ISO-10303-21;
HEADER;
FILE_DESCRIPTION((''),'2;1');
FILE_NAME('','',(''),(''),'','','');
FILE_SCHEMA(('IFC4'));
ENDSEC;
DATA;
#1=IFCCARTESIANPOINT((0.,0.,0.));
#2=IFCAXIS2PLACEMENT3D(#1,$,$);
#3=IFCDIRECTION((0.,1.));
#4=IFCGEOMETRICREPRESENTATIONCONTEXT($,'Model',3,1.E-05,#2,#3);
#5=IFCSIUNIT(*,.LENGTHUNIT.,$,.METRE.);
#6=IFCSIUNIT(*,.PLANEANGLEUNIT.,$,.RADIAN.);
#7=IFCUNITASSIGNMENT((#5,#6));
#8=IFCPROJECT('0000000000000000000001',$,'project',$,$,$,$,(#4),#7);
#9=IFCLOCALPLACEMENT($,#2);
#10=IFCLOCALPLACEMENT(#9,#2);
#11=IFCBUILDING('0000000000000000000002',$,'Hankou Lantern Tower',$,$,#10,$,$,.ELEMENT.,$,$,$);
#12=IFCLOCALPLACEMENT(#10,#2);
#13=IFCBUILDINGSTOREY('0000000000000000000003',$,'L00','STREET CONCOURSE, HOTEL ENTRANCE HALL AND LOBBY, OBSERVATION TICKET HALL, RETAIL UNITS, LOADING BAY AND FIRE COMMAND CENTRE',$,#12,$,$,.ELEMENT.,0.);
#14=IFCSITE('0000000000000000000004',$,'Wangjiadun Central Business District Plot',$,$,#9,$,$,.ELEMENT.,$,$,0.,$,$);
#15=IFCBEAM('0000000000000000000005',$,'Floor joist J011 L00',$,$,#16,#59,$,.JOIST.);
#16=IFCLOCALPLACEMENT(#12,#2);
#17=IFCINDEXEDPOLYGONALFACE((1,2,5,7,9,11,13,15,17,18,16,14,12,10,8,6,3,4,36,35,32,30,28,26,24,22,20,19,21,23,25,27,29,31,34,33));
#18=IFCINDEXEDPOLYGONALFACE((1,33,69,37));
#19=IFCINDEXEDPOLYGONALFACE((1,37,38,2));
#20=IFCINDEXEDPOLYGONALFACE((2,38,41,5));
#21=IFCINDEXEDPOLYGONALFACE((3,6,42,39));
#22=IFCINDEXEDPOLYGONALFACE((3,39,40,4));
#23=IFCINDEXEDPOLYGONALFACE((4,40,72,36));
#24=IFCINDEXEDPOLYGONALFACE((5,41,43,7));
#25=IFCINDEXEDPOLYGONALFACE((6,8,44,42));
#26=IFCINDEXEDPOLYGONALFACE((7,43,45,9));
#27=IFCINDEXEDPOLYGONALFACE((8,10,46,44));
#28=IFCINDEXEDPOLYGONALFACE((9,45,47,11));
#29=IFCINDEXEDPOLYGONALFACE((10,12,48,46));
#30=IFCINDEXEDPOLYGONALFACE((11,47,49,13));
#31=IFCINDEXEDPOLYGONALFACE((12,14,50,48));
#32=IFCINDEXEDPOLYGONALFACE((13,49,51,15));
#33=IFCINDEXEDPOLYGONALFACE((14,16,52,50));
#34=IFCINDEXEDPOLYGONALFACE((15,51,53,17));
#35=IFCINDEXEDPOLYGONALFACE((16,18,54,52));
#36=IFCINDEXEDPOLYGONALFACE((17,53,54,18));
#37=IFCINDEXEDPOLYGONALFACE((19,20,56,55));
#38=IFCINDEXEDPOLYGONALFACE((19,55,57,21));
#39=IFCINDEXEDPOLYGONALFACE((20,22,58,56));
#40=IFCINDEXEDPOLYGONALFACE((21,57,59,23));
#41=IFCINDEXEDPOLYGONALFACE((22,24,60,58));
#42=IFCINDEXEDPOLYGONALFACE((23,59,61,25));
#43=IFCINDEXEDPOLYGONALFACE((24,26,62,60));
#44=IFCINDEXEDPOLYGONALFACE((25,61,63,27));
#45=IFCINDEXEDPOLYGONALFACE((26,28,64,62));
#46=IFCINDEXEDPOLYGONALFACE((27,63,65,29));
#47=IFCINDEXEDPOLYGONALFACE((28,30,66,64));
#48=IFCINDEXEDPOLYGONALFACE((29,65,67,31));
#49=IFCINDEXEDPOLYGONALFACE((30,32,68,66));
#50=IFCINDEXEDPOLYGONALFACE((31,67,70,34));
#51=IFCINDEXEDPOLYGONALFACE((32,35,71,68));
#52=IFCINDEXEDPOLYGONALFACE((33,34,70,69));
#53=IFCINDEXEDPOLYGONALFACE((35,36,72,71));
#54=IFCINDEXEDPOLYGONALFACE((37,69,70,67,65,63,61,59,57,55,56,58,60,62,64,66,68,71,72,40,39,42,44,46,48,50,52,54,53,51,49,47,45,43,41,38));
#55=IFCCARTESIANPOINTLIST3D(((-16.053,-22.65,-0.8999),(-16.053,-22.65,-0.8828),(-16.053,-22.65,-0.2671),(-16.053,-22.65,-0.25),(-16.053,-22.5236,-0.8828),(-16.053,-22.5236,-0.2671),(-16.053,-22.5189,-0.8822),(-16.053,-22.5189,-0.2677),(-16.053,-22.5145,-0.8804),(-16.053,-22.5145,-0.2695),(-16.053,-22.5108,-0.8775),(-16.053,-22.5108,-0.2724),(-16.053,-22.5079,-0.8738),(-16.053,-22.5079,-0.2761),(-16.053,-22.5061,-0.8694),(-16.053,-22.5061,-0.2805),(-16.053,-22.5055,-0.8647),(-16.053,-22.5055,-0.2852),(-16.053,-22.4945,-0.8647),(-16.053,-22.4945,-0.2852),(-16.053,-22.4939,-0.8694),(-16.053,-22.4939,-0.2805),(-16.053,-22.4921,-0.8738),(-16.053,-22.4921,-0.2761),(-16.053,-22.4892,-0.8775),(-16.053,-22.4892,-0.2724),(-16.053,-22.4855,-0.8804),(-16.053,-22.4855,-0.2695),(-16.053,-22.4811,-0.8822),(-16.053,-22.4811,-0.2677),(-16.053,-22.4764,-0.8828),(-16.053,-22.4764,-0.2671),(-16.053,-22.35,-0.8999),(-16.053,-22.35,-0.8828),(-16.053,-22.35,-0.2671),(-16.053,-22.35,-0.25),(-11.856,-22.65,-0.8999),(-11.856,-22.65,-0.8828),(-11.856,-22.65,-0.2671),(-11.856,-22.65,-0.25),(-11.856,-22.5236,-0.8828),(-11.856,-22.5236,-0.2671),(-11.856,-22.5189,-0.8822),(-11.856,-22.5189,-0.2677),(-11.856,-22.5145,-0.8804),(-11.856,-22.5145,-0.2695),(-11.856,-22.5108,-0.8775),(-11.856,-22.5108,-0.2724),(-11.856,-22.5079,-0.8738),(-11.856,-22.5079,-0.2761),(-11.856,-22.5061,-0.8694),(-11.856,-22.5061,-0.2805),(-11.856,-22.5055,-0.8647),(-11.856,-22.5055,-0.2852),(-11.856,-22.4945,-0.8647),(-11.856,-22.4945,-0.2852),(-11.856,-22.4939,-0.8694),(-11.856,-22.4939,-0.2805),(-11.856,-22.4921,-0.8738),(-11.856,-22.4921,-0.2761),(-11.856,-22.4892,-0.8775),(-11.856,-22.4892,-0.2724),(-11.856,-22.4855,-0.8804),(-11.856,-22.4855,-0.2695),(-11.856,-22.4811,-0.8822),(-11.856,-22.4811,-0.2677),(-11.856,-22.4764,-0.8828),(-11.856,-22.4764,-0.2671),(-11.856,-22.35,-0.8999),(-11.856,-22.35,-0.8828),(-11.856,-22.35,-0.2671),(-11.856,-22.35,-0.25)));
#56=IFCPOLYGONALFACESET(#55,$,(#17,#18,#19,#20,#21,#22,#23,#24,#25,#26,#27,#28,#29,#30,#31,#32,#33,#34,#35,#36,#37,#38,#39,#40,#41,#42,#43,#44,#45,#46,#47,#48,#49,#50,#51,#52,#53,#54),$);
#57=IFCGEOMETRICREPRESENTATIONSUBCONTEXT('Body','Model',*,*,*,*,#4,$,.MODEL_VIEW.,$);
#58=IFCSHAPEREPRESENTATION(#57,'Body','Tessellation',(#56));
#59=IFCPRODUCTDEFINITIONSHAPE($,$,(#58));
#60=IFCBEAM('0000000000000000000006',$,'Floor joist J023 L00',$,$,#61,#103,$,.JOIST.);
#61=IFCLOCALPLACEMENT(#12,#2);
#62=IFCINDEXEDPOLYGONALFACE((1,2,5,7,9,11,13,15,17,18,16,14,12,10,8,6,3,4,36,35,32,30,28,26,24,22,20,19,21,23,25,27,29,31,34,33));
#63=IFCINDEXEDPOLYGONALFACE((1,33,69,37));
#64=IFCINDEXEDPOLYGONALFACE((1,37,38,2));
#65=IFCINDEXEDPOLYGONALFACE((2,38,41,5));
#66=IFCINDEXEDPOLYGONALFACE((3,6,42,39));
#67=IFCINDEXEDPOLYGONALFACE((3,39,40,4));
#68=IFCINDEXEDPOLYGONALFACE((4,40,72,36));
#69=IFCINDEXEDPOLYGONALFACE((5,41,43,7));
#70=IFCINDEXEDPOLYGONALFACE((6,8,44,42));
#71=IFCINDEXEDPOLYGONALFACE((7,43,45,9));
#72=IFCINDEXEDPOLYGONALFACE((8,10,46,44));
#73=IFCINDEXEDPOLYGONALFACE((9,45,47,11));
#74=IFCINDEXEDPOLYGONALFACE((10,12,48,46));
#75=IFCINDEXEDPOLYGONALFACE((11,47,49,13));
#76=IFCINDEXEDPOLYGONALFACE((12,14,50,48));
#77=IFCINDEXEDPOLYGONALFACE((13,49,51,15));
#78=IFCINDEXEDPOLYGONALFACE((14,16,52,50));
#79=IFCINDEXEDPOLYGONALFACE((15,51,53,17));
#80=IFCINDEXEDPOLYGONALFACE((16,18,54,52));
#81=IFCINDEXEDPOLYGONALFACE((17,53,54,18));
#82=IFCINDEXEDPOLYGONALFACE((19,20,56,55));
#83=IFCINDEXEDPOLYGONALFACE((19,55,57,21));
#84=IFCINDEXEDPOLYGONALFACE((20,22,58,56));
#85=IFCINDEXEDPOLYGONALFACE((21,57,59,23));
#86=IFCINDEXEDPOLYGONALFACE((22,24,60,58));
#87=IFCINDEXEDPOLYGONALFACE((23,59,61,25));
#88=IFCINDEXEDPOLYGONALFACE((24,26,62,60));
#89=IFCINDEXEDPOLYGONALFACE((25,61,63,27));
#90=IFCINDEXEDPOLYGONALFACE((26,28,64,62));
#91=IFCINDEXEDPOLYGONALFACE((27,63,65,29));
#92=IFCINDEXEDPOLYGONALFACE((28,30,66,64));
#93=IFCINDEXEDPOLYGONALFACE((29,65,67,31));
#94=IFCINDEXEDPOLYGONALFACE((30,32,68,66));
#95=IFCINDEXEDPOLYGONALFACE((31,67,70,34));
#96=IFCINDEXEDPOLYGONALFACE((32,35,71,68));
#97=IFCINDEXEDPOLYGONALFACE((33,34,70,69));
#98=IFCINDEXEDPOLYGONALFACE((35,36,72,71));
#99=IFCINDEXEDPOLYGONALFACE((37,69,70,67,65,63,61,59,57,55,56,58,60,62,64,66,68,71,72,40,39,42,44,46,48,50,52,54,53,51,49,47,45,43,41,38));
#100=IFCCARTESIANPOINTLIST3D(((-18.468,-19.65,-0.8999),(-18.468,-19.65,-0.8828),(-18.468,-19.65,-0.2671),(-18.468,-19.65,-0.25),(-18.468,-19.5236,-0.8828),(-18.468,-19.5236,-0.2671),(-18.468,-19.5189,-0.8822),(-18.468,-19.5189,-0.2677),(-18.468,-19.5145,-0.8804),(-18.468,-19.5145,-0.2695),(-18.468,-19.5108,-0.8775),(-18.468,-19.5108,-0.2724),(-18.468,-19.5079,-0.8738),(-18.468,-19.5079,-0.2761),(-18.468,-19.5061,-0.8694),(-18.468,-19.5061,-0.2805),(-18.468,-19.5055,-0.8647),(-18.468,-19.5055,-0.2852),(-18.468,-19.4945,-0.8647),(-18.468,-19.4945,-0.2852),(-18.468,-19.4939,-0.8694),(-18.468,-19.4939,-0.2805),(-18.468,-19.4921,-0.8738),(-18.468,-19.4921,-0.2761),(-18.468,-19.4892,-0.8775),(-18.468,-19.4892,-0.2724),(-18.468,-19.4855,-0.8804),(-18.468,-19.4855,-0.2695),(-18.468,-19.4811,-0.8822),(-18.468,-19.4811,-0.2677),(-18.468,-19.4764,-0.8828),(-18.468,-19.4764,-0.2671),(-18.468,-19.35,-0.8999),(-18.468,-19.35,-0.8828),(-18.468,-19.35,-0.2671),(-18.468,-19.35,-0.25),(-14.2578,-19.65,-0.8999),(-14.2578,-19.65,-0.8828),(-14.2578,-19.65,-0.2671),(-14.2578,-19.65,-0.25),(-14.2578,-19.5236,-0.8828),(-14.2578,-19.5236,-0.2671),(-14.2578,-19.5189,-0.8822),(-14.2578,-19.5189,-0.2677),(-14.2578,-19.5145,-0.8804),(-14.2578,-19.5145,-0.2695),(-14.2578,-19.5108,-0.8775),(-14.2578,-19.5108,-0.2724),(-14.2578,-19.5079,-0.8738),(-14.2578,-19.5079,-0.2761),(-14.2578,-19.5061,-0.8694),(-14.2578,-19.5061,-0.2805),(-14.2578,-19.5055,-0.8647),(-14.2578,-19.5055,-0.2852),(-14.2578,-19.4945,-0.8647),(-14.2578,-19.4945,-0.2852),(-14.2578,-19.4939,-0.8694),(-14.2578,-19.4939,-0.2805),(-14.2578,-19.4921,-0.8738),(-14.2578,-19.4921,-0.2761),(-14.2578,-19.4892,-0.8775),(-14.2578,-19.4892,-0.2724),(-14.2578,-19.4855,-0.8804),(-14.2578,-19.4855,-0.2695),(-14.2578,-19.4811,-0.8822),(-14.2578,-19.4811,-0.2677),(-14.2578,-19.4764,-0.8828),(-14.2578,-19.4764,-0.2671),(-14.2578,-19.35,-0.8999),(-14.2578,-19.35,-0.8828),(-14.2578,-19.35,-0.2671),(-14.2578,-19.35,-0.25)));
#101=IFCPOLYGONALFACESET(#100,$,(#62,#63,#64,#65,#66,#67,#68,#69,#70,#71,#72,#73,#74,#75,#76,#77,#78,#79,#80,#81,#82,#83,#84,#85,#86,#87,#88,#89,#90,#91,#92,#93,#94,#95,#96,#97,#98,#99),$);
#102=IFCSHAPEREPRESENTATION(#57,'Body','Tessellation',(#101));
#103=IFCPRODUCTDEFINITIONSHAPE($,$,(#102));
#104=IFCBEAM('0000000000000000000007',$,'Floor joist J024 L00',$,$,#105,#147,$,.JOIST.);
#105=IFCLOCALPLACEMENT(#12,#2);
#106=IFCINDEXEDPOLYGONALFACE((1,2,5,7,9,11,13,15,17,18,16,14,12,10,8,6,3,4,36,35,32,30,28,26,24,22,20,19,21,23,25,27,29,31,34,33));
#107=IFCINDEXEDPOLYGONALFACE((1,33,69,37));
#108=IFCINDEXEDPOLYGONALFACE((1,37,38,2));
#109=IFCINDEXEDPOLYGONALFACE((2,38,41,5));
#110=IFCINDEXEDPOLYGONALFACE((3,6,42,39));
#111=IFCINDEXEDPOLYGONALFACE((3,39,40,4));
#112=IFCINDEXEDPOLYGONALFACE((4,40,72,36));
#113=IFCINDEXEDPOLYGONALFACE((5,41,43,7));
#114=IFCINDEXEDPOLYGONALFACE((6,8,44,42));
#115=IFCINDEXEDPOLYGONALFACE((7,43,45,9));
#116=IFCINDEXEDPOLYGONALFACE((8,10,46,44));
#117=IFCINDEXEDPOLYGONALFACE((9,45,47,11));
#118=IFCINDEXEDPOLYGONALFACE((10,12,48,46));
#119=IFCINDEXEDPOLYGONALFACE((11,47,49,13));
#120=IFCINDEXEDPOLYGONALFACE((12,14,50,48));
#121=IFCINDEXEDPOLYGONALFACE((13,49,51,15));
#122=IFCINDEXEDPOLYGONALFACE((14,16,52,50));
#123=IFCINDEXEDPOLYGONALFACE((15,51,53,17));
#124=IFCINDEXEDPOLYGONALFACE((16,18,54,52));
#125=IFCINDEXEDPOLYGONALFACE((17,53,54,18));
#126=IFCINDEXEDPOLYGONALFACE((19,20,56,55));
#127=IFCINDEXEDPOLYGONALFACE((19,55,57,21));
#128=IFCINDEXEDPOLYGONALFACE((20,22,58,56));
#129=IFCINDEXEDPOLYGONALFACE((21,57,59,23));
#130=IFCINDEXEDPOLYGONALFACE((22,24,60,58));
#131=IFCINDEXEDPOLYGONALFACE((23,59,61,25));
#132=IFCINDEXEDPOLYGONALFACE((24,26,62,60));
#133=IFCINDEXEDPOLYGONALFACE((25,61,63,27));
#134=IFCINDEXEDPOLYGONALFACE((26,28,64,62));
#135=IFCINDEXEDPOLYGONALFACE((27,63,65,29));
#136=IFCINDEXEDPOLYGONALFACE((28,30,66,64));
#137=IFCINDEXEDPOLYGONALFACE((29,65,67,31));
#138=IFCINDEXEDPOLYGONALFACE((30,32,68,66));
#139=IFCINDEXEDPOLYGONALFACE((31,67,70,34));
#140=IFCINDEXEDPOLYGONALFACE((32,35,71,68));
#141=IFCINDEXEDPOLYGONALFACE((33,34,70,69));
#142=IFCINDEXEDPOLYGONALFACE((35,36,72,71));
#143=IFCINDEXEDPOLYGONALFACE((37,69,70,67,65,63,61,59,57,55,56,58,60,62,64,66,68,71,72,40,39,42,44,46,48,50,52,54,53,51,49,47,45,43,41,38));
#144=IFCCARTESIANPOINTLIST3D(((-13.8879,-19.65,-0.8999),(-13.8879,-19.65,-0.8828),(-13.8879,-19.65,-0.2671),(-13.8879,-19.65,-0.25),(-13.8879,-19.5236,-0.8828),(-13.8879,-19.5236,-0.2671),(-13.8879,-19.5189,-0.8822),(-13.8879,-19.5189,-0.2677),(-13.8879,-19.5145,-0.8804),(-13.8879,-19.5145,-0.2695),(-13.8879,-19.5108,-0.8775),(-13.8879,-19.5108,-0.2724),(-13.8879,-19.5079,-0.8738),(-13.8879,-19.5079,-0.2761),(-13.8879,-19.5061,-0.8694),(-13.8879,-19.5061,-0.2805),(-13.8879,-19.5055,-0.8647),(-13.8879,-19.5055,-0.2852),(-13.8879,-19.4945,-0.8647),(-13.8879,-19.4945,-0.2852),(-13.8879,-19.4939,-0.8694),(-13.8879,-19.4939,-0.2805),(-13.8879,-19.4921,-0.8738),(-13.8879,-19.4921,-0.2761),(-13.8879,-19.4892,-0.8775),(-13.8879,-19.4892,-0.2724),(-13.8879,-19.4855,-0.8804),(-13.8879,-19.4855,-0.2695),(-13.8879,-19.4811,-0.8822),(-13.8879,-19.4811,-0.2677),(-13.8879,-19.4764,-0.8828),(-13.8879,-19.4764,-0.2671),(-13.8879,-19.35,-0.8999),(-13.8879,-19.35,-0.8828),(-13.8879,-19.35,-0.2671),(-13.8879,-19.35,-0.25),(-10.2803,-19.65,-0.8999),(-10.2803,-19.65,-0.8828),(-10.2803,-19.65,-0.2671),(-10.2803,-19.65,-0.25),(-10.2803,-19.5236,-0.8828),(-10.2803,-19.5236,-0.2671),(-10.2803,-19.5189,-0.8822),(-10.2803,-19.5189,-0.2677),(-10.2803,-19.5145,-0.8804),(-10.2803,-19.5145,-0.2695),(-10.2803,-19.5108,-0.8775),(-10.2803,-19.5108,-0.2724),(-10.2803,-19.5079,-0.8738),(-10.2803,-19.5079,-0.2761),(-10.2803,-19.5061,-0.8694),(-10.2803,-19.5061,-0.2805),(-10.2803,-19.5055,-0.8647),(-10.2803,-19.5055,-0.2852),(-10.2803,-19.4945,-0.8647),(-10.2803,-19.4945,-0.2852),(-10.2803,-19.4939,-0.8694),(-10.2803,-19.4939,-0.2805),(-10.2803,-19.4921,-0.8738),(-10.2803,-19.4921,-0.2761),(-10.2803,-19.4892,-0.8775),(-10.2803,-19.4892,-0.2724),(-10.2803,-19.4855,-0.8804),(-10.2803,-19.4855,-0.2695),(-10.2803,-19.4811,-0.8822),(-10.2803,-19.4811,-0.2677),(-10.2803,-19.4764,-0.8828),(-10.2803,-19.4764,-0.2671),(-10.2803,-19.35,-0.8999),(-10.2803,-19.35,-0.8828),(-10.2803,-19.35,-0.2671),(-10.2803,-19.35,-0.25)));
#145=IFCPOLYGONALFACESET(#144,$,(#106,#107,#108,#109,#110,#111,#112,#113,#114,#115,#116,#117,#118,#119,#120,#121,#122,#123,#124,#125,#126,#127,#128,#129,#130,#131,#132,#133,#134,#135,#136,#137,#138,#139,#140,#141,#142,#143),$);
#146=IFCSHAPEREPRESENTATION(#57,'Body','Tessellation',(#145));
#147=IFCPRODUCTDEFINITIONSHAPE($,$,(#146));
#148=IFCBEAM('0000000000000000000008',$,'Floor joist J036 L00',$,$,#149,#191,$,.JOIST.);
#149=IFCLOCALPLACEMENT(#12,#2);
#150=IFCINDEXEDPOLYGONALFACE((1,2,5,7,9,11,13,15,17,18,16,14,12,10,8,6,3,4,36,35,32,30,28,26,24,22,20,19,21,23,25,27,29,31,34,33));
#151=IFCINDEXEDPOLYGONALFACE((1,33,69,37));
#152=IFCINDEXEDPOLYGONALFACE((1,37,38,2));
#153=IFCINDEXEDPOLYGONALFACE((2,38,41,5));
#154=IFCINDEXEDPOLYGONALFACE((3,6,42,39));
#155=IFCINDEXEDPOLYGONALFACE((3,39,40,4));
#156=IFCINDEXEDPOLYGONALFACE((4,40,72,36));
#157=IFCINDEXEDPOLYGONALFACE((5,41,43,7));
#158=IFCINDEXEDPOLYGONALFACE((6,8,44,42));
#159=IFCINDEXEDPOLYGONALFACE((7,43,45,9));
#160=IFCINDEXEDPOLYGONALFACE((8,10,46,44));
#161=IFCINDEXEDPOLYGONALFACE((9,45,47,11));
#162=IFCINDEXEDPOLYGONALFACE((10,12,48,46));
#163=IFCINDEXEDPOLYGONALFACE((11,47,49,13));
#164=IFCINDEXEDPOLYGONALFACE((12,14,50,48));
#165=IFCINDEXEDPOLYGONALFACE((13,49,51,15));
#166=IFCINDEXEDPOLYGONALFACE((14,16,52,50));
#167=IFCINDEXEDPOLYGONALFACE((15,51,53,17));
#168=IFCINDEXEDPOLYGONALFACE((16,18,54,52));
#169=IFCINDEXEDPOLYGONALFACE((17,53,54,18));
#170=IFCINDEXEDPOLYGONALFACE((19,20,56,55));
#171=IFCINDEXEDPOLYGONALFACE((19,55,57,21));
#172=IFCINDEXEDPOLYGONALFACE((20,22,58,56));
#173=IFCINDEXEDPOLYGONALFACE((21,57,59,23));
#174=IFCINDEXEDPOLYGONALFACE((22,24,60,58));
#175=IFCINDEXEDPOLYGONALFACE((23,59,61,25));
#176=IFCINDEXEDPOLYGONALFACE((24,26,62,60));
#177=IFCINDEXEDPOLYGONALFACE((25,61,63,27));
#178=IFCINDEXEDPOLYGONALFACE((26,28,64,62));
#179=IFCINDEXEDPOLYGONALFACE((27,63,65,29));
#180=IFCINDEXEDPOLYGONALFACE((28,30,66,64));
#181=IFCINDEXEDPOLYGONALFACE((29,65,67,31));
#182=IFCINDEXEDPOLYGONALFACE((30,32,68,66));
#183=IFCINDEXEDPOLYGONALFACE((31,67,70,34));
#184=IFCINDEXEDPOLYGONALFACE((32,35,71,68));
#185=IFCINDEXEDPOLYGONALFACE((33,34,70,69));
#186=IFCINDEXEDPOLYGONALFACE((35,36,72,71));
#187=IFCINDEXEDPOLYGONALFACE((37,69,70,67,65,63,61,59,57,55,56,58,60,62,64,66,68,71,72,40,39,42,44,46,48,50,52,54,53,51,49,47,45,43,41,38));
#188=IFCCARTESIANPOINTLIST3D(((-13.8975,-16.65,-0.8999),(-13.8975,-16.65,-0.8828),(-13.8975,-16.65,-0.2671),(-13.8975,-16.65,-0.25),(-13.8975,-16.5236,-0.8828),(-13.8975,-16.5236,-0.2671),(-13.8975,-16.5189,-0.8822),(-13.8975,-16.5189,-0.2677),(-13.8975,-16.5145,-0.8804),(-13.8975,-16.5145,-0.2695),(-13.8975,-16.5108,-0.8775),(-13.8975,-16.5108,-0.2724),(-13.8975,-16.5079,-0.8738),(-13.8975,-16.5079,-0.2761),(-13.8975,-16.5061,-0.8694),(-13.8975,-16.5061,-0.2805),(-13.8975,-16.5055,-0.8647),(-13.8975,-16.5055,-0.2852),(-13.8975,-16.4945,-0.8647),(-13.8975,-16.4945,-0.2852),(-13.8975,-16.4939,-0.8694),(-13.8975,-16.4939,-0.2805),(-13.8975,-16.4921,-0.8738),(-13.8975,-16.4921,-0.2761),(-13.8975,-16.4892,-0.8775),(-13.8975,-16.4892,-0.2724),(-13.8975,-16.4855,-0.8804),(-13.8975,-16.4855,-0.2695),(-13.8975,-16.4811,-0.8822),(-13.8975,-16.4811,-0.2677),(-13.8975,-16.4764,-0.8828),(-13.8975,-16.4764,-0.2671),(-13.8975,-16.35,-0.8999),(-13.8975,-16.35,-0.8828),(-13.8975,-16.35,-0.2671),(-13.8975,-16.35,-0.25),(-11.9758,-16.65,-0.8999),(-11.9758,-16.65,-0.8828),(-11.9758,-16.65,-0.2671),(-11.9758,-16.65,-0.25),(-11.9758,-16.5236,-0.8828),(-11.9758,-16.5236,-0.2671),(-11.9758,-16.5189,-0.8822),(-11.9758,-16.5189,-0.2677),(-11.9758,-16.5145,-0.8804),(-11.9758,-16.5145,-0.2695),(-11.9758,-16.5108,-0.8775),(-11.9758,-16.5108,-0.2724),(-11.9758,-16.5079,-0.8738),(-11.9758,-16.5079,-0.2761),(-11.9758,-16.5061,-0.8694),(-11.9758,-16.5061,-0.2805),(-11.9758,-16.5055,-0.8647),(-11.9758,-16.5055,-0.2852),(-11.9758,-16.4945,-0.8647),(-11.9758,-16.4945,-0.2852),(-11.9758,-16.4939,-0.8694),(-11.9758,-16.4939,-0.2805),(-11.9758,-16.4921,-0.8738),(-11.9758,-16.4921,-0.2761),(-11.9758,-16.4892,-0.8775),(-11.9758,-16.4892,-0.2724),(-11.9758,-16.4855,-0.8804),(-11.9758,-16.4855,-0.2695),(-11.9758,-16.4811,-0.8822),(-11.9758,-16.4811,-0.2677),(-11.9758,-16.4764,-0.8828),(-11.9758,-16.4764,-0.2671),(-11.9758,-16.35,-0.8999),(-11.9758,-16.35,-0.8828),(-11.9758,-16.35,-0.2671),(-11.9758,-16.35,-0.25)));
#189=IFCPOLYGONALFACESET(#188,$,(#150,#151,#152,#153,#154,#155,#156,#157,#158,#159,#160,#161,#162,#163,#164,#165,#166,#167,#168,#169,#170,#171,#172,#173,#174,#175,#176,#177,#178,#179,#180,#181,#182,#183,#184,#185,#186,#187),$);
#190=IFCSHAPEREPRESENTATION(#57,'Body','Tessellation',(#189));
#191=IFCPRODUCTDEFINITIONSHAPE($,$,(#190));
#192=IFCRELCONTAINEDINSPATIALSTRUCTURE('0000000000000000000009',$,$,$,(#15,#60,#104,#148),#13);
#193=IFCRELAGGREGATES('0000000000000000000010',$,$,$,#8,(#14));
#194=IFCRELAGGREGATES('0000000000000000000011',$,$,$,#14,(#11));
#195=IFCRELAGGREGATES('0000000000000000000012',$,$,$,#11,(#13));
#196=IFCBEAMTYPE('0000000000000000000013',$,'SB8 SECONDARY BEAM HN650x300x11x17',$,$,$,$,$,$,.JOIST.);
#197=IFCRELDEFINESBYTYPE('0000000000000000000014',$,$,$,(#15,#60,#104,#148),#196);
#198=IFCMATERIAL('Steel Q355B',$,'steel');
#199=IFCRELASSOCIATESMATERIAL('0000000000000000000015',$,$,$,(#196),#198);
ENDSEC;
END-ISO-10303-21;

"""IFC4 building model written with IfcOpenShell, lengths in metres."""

from ifc_helpers import new_model, si_unit, direction, frame, origin, origin_2d, place, context, subcontext, project, spatial, i_section, extrude, material, material_profile, profile_set, type_object, element, save


model = new_model("IFC4")

# Units and contexts
model_context = context("Model", 3, precision=1e-05, world=origin(), true_north=direction((0.0, 1.0)))
body_context = subcontext(model_context, "Body", "Model", "MODEL_VIEW")
ifc_project = project(units=[si_unit("LENGTHUNIT", "METRE"), si_unit("PLANEANGLEUNIT", "RADIAN")], contexts=[model_context])

# Site, building, storey
site_placement = place(None, origin())
site = spatial("IfcSite", under=ifc_project, at=site_placement, Name="Wangjiadun Central Business District Plot", CompositionType="ELEMENT", RefElevation=0.0)
building_placement = place(site_placement, origin())
building = spatial("IfcBuilding", under=site, at=building_placement, Name="Hankou Lantern Tower", CompositionType="ELEMENT")
storey_placement = place(building_placement, origin())
storey = spatial("IfcBuildingStorey", under=building, at=storey_placement, Name="L00", Description="STREET CONCOURSE, HOTEL ENTRANCE HALL AND LOBBY, OBSERVATION TICKET HALL, RETAIL UNITS, LOADING BAY AND FIRE COMMAND CENTRE", CompositionType="ELEMENT", Elevation=0.0)

# Beams
ifc_material_1 = material(Name="Steel Q355B", Category="steel")
ifc_material_profile_1 = material_profile(ifc_material_1, i_section(OverallWidth=0.3, OverallDepth=0.6499, WebThickness=0.011, FlangeThickness=0.0171, FilletRadius=0.0181, at=origin_2d()), Name="HN650x300x11x17")
ifc_profile_set_1 = profile_set([ifc_material_profile_1], Name="Steel Q355B")
beam_type_1 = type_object("IfcBeamType", Name="SB8 SECONDARY BEAM HN650x300x11x17", PredefinedType="JOIST", material=ifc_profile_set_1)
beam_1_placement = place(storey_placement, frame((-16.053, -22.5, -0.575), z_axis=(1.0, 0.0, 0.0), x_axis=(0.0, 1.0, 0.0)))
element("IfcBeam", 1, at=beam_1_placement, inside=storey, type_object=beam_type_1, Name="Floor joist J011 L00", PredefinedType="JOIST", context=body_context, shape_type="SweptSolid", body=[
    extrude(i_section(OverallWidth=0.3, OverallDepth=0.6499, WebThickness=0.011, FlangeThickness=0.0171, FilletRadius=0.0181, at=origin_2d()), origin(), (0.0, 0.0, 1.0), 4.197),
])
beam_2_placement = place(storey_placement, frame((-18.468, -19.5, -0.575), z_axis=(1.0, 0.0, 0.0), x_axis=(0.0, 1.0, 0.0)))
element("IfcBeam", 2, at=beam_2_placement, inside=storey, type_object=beam_type_1, Name="Floor joist J023 L00", PredefinedType="JOIST", context=body_context, shape_type="SweptSolid", body=[
    extrude(i_section(OverallWidth=0.3, OverallDepth=0.6499, WebThickness=0.011, FlangeThickness=0.0171, FilletRadius=0.0181, at=origin_2d()), origin(), (0.0, 0.0, 1.0), 4.2102),
])
beam_3_placement = place(storey_placement, frame((-13.8879, -19.5, -0.575), z_axis=(1.0, 0.0, 0.0), x_axis=(0.0, 1.0, 0.0)))
element("IfcBeam", 3, at=beam_3_placement, inside=storey, type_object=beam_type_1, Name="Floor joist J024 L00", PredefinedType="JOIST", context=body_context, shape_type="SweptSolid", body=[
    extrude(i_section(OverallWidth=0.3, OverallDepth=0.6499, WebThickness=0.011, FlangeThickness=0.0171, FilletRadius=0.0181, at=origin_2d()), origin(), (0.0, 0.0, 1.0), 3.6077),
])
beam_4_placement = place(storey_placement, frame((-13.8975, -16.5, -0.575), z_axis=(1.0, 0.0, 0.0), x_axis=(0.0, 1.0, 0.0)))
element("IfcBeam", 4, at=beam_4_placement, inside=storey, type_object=beam_type_1, Name="Floor joist J036 L00", PredefinedType="JOIST", context=body_context, shape_type="SweptSolid", body=[
    extrude(i_section(OverallWidth=0.3, OverallDepth=0.6499, WebThickness=0.011, FlangeThickness=0.0171, FilletRadius=0.0181, at=origin_2d()), origin(), (0.0, 0.0, 1.0), 1.9216),
])

save(model, "model.ifc")
